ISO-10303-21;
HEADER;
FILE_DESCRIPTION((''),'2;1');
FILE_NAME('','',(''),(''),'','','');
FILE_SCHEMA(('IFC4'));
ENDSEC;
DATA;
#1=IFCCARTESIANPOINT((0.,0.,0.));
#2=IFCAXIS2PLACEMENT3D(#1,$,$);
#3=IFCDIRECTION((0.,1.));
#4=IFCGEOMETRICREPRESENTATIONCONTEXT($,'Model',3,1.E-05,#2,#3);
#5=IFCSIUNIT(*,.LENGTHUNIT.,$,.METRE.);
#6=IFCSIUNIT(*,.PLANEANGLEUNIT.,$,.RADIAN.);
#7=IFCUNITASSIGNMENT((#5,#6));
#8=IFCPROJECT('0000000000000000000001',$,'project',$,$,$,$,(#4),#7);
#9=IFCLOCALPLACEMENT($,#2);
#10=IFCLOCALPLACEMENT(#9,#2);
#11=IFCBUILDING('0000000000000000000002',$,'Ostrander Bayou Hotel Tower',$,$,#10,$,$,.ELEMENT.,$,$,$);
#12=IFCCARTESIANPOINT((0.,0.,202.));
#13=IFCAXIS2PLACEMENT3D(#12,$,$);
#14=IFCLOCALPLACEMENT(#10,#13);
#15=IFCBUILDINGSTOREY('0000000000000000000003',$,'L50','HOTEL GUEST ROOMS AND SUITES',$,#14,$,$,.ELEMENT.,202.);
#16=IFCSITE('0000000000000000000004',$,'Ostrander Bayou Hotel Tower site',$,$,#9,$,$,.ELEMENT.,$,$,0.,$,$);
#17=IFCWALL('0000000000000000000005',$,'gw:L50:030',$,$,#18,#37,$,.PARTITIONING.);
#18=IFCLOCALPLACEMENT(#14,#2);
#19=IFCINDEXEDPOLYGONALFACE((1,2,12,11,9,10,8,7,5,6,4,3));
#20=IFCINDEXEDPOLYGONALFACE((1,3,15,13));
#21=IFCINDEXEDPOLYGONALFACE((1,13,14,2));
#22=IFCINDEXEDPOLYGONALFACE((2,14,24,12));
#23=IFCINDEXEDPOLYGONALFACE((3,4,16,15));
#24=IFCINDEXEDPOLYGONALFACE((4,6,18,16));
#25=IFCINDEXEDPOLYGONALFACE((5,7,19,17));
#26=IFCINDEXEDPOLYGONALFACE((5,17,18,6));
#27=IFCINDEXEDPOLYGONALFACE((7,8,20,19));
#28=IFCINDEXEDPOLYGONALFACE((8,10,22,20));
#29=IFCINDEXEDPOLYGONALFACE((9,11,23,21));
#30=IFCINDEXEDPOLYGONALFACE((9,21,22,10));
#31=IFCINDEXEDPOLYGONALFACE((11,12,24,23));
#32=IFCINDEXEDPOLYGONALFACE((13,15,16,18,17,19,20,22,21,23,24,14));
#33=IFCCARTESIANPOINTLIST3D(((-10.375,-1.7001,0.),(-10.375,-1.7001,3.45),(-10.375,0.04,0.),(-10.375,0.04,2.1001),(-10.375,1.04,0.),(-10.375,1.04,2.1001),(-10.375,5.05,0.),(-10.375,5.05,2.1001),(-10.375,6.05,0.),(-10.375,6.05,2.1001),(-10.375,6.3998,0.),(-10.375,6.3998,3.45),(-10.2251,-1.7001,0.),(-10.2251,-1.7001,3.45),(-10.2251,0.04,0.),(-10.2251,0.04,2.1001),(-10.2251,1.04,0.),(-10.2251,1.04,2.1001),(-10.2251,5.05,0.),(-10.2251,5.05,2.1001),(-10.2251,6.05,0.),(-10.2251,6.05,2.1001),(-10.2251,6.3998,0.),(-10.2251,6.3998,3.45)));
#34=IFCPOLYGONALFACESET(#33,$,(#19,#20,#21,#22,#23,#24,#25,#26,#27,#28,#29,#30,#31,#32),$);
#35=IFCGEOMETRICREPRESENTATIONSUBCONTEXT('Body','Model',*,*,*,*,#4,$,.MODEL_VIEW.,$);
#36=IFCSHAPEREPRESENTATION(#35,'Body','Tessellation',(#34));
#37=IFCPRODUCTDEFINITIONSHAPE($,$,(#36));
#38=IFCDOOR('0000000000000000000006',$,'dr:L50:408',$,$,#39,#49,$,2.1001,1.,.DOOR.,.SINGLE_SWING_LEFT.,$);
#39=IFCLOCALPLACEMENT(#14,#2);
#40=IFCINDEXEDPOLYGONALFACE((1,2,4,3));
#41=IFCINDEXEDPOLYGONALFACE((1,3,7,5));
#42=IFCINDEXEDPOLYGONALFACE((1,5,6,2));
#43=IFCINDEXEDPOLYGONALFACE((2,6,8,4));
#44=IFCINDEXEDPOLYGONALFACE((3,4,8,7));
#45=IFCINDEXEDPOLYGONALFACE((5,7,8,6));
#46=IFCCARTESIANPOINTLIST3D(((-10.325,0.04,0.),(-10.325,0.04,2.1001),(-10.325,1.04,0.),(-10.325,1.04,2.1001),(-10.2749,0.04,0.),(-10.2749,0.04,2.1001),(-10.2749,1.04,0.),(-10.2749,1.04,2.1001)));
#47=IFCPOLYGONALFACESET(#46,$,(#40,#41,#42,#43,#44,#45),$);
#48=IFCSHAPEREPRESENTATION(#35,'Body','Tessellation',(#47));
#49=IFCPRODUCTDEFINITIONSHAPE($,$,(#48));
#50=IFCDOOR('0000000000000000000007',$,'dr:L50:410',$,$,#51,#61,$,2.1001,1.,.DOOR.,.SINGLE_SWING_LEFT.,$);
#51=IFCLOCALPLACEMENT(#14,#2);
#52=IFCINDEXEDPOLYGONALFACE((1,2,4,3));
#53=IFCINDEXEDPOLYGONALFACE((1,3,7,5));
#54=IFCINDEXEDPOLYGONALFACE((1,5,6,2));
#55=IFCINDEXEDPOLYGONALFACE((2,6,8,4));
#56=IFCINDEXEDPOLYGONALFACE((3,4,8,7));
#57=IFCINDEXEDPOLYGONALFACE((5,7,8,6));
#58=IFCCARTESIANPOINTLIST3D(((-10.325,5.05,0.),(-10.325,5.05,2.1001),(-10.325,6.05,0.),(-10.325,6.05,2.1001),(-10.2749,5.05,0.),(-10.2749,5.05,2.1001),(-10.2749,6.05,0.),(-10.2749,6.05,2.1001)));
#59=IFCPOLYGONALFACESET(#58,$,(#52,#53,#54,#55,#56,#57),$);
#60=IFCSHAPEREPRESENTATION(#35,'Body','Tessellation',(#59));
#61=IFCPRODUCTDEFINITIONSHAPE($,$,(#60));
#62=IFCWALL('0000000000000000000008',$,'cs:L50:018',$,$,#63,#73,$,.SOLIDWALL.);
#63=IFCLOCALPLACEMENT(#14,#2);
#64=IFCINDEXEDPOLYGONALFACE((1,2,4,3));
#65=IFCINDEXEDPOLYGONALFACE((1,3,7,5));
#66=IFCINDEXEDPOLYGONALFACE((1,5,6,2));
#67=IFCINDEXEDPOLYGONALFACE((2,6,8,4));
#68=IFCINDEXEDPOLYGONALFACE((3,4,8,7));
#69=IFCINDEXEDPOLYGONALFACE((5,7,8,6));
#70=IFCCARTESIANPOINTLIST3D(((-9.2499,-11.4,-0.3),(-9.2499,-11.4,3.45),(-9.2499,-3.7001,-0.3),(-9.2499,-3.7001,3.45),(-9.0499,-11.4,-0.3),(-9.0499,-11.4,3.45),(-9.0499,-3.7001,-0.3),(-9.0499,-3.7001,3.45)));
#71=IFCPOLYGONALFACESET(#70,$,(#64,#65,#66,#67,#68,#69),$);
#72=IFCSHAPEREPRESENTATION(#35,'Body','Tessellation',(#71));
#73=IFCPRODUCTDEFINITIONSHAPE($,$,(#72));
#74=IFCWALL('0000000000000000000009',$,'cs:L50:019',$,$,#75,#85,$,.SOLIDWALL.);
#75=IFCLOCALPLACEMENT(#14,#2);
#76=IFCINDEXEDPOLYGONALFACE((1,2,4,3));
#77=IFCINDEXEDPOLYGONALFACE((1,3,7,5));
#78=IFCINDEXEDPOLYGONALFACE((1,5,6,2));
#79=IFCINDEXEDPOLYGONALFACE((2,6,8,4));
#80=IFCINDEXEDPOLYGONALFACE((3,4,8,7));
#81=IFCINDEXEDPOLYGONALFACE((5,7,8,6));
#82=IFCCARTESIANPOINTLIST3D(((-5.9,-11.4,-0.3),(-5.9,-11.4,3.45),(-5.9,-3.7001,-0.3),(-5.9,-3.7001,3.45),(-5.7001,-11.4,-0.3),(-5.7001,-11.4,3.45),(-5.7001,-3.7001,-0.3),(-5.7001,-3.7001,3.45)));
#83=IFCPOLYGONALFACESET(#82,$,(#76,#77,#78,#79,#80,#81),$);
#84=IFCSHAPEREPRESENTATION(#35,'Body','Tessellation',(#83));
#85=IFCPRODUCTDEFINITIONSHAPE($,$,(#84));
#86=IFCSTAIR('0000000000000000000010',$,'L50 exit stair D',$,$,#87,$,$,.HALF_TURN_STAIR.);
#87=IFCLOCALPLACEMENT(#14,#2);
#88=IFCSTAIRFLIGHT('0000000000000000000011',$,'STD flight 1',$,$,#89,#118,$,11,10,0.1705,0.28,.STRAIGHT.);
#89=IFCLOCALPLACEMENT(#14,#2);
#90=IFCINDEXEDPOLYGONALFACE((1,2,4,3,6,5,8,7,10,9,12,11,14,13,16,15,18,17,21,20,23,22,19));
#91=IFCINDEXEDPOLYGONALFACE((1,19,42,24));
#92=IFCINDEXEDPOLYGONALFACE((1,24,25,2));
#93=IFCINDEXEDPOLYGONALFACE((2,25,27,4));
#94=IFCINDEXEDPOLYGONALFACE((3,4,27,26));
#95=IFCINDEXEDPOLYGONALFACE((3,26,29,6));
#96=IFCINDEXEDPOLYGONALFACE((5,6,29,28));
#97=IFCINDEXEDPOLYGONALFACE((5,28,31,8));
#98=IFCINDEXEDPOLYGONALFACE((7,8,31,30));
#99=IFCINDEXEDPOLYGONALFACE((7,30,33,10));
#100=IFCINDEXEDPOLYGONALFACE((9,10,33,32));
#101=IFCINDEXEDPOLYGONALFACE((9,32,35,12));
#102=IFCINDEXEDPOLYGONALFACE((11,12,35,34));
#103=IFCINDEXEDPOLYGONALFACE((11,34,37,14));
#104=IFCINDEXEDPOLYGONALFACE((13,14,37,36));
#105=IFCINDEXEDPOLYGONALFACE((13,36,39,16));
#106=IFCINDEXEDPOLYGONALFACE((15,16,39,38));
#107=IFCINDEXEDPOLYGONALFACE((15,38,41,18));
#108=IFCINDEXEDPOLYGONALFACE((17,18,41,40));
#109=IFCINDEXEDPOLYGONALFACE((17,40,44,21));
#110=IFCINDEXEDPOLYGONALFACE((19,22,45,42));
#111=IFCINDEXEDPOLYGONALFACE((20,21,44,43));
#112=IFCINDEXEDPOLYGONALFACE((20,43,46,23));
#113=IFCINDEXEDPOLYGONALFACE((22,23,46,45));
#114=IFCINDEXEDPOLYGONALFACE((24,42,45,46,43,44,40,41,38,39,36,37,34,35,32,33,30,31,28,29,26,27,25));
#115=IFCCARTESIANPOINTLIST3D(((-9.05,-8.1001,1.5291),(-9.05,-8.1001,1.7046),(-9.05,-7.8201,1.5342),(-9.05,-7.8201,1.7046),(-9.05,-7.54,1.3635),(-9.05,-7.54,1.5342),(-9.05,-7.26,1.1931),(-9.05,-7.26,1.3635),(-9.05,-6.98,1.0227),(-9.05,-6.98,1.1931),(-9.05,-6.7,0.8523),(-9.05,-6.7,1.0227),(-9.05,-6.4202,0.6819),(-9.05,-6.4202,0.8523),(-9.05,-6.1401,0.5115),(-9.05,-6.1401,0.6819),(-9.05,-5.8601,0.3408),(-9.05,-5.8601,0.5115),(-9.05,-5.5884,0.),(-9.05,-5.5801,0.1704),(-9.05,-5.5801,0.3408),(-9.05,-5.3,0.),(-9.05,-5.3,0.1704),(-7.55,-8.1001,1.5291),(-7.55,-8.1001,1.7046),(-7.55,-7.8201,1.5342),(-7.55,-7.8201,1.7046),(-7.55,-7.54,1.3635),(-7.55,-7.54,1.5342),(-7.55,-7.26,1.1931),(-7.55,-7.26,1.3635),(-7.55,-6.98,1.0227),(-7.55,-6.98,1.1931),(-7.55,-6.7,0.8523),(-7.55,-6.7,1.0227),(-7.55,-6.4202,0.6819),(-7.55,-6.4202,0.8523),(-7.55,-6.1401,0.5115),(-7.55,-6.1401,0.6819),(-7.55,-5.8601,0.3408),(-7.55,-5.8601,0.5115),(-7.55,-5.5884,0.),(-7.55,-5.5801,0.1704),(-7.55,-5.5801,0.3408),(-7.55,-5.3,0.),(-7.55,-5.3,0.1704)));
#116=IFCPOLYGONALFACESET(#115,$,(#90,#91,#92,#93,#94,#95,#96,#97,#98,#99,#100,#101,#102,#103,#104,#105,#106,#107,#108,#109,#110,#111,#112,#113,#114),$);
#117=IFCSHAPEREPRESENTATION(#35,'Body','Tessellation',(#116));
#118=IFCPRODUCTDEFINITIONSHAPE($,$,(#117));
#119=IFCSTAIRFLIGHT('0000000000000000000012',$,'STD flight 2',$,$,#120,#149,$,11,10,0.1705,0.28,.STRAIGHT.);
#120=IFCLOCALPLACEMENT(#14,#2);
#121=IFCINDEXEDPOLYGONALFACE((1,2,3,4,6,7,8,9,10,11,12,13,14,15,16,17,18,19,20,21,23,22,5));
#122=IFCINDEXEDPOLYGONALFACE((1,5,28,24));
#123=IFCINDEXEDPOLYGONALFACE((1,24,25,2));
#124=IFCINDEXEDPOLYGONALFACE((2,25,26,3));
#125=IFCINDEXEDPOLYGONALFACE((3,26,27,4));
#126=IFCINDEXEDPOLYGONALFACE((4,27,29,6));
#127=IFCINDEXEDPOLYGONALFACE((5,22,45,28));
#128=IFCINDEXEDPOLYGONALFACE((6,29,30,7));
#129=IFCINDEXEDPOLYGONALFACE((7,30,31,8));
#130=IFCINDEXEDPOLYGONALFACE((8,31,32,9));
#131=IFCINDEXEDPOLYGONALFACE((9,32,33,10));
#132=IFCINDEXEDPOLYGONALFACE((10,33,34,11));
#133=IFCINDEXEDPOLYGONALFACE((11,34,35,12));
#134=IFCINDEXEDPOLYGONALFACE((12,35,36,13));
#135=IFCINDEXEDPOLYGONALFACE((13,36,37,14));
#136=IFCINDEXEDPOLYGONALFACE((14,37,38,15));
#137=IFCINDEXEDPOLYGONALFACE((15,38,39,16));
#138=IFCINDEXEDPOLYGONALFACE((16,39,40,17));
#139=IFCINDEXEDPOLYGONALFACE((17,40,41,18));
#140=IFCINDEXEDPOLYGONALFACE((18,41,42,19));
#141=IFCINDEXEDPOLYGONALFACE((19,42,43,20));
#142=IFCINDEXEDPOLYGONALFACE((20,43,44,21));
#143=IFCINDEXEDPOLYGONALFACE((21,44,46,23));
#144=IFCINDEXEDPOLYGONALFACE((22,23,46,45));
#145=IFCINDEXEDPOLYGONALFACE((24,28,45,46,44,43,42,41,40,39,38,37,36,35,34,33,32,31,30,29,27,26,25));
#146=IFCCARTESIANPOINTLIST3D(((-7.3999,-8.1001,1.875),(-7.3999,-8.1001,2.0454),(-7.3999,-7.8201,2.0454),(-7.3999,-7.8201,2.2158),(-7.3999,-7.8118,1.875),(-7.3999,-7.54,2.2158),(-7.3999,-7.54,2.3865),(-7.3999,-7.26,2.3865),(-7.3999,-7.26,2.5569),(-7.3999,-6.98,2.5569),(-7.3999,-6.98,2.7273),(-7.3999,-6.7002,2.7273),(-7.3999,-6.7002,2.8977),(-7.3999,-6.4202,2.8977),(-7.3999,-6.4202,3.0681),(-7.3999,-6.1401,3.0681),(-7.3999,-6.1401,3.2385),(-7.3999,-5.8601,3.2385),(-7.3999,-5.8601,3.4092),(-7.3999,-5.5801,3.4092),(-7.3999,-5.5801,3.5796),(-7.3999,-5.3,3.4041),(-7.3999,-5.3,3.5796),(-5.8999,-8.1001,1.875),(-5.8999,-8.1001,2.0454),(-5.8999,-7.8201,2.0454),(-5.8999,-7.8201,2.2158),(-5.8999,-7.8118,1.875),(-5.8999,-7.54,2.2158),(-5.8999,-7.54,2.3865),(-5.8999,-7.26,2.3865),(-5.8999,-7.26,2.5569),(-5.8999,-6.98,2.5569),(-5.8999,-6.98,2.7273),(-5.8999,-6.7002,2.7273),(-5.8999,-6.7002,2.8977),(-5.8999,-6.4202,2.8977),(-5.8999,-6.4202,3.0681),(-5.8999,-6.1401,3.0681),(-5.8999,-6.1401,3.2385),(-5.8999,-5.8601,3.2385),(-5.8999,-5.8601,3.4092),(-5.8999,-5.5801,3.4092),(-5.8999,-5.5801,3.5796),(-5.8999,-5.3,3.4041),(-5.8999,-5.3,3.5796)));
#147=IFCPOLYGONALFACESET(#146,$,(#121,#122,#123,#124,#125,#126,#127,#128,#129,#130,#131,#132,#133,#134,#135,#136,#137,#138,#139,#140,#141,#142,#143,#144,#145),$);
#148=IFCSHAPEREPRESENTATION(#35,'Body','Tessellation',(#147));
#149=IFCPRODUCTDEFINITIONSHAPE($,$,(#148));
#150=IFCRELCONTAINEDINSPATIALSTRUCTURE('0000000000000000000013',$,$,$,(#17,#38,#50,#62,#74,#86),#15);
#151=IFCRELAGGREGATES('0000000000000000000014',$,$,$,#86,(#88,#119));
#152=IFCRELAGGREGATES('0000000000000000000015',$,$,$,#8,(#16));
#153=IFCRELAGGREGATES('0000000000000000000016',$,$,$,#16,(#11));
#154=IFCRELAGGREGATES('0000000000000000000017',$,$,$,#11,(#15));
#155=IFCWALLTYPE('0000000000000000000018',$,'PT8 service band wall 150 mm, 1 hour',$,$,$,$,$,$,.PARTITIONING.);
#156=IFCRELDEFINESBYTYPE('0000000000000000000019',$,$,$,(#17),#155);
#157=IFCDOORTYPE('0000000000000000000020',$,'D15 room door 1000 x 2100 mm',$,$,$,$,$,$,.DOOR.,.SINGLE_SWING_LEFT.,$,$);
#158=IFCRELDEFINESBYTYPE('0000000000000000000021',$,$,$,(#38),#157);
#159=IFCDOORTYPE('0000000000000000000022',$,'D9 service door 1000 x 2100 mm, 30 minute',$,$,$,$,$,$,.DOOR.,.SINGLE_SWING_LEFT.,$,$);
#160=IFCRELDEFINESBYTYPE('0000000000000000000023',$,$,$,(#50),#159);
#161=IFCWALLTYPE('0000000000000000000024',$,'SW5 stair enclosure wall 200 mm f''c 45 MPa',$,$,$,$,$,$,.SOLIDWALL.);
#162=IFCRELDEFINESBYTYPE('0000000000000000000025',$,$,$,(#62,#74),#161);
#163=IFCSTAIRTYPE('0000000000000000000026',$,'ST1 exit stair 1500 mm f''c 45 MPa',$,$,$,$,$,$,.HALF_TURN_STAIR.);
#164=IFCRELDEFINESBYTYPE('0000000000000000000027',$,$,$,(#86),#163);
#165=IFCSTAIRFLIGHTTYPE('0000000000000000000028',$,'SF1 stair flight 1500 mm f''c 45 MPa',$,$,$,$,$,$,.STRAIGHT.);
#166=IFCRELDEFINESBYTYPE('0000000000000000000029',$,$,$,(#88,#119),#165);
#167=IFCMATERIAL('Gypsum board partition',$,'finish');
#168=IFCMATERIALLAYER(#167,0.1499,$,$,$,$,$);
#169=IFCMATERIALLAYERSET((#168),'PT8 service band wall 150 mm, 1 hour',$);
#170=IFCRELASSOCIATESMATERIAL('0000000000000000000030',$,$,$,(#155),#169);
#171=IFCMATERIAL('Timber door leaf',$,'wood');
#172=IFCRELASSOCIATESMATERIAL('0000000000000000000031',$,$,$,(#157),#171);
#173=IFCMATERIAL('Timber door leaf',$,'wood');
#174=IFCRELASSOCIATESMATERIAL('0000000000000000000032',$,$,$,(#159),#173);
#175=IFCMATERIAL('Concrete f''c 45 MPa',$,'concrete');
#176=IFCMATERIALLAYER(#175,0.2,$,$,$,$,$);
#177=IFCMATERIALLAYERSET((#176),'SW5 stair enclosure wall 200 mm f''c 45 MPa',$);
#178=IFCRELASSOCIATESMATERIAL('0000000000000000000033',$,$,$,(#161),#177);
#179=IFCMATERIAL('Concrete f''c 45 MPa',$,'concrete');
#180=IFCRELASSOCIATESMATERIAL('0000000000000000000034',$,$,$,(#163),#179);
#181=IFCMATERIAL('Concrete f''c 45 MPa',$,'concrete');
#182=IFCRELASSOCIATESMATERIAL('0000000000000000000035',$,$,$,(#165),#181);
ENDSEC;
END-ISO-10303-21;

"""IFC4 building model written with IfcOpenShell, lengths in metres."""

from ifc_helpers import new_model, si_unit, direction, frame, frame_2d, origin, place, context, subcontext, project, spatial, polyline, rectangle, outline, extrude, material, layer, layer_set, type_object, element, fill, aggregate, save


model = new_model("IFC4")

# Units and contexts
model_context = context("Model", 3, precision=1e-05, world=origin(), true_north=direction((0.0, 1.0)))
body_context = subcontext(model_context, "Body", "Model", "MODEL_VIEW")
ifc_project = project(units=[si_unit("LENGTHUNIT", "METRE"), si_unit("PLANEANGLEUNIT", "RADIAN")], contexts=[model_context])

# Site, building, storey
site_placement = place(None, origin())
site = spatial("IfcSite", under=ifc_project, at=site_placement, Name="Ostrander Bayou Hotel Tower site", CompositionType="ELEMENT", RefElevation=0.0)
building_placement = place(site_placement, origin())
building = spatial("IfcBuilding", under=site, at=building_placement, Name="Ostrander Bayou Hotel Tower", CompositionType="ELEMENT")
storey_placement = place(building_placement, frame((0.0, 0.0, 202.0)))
storey = spatial("IfcBuildingStorey", under=building, at=storey_placement, Name="L50", Description="HOTEL GUEST ROOMS AND SUITES", CompositionType="ELEMENT", Elevation=202.0)

# Shared definitions
ifc_material_1 = material(Name="Gypsum board partition", Category="finish")
ifc_layer_1 = layer(ifc_material_1, 0.1499)
ifc_layer_set_1 = layer_set([ifc_layer_1], Name="PT8 service band wall 150 mm, 1 hour")
wall_type_1 = type_object("IfcWallType", Name="PT8 service band wall 150 mm, 1 hour", PredefinedType="PARTITIONING", material=ifc_layer_set_1)

# Wall, openings, doors
wall_1_placement = place(storey_placement, frame((-10.3, -1.7, 0.0), z_axis=(0.0, 0.0, 1.0), x_axis=(0.0, 1.0, 0.0)))
wall_1 = element("IfcWall", 1, at=wall_1_placement, inside=storey, type_object=wall_type_1, Name="gw:L50:030", PredefinedType="PARTITIONING", context=body_context, shape_type="SweptSolid", body=[
    extrude(rectangle(XDim=8.0999, YDim=0.1499, at=frame_2d((4.0498, 0.0))), origin(), (0.0, 0.0, 1.0), 3.45),
])
opening_1_placement = place(wall_1_placement, frame((1.74, 0.0, 0.0)))
opening_1 = element("IfcOpeningElement", 2, at=opening_1_placement, cuts=wall_1, PredefinedType="OPENING", context=body_context, shape_type="SweptSolid", body=[
    extrude(rectangle(XDim=1.0, YDim=2.1001, at=frame_2d((0.5, 1.05))), frame((0.0, 0.075, 0.0), z_axis=(0.0, -1.0, 0.0), x_axis=(1.0, 0.0, 0.0)), (0.0, 0.0, 1.0), 0.1499),
])
opening_2_placement = place(wall_1_placement, frame((6.75, 0.0, 0.0)))
opening_2 = element("IfcOpeningElement", 3, at=opening_2_placement, cuts=wall_1, PredefinedType="OPENING", context=body_context, shape_type="SweptSolid", body=[
    extrude(rectangle(XDim=1.0, YDim=2.1001, at=frame_2d((0.5, 1.05))), frame((0.0, 0.075, 0.0), z_axis=(0.0, -1.0, 0.0), x_axis=(1.0, 0.0, 0.0)), (0.0, 0.0, 1.0), 0.1499),
])
ifc_material_2 = material(Name="Timber door leaf", Category="wood")
door_type_1 = type_object("IfcDoorType", Name="D15 room door 1000 x 2100 mm", OperationType="SINGLE_SWING_LEFT", PredefinedType="DOOR", material=ifc_material_2)
door_1_placement = place(opening_1_placement, origin())
door_1 = element("IfcDoor", 4, at=door_1_placement, inside=storey, type_object=door_type_1, Name="dr:L50:408", OperationType="SINGLE_SWING_LEFT", OverallHeight=2.1001, OverallWidth=1.0, PredefinedType="DOOR", context=body_context, shape_type="SweptSolid", body=[
    extrude(rectangle(XDim=1.0, YDim=2.1001, at=frame_2d((0.5, 1.05))), frame((0.0, 0.0249, 0.0), z_axis=(0.0, -1.0, 0.0), x_axis=(1.0, 0.0, 0.0)), (0.0, 0.0, 1.0), 0.05),
])
fill(opening_1, door_1)
ifc_material_3 = material(Name="Timber door leaf", Category="wood")
door_type_2 = type_object("IfcDoorType", Name="D9 service door 1000 x 2100 mm, 30 minute", OperationType="SINGLE_SWING_LEFT", PredefinedType="DOOR", material=ifc_material_3)
door_2_placement = place(opening_2_placement, origin())
door_2 = element("IfcDoor", 5, at=door_2_placement, inside=storey, type_object=door_type_2, Name="dr:L50:410", OperationType="SINGLE_SWING_LEFT", OverallHeight=2.1001, OverallWidth=1.0, PredefinedType="DOOR", context=body_context, shape_type="SweptSolid", body=[
    extrude(rectangle(XDim=1.0, YDim=2.1001, at=frame_2d((0.5, 1.05))), frame((0.0, 0.0249, 0.0), z_axis=(0.0, -1.0, 0.0), x_axis=(1.0, 0.0, 0.0)), (0.0, 0.0, 1.0), 0.05),
])
fill(opening_2, door_2)

# Shared definitions
ifc_material_4 = material(Name="Concrete f'c 45 MPa", Category="concrete")
ifc_layer_2 = layer(ifc_material_4, 0.2)
ifc_layer_set_2 = layer_set([ifc_layer_2], Name="SW5 stair enclosure wall 200 mm f'c 45 MPa")
wall_type_2 = type_object("IfcWallType", Name="SW5 stair enclosure wall 200 mm f'c 45 MPa", PredefinedType="SOLIDWALL", material=ifc_layer_set_2)

# Walls
for number, where, z_axis, x_axis, name in (
    (6, (-9.1499, -3.7, -0.3), (0.0, 0.0, 1.0), (0.0, -1.0, 0.0), "cs:L50:018"),
    (7, (-5.8, -3.7, -0.3), (0.0, 0.0, 1.0), (0.0, -1.0, 0.0), "cs:L50:019"),
):
    element("IfcWall", number, at=place(storey_placement, frame(where, z_axis=z_axis, x_axis=x_axis)), inside=storey, type_object=wall_type_2, Name=name, PredefinedType="SOLIDWALL", context=body_context, shape_type="SweptSolid", body=[
        extrude(rectangle(XDim=7.7, YDim=0.2, at=frame_2d((3.8501, 0.0))), origin(), (0.0, 0.0, 1.0), 3.75),
    ])

# Stair, stair flights
ifc_material_5 = material(Name="Concrete f'c 45 MPa", Category="concrete")
stair_type = type_object("IfcStairType", Name="ST1 exit stair 1500 mm f'c 45 MPa", PredefinedType="HALF_TURN_STAIR", material=ifc_material_5)
stair_placement = place(storey_placement, origin())
stair = element("IfcStair", 8, at=stair_placement, inside=storey, type_object=stair_type, Name="L50 exit stair D", PredefinedType="HALF_TURN_STAIR")
ifc_material_6 = material(Name="Concrete f'c 45 MPa", Category="concrete")
stair_flight_type = type_object("IfcStairFlightType", Name="SF1 stair flight 1500 mm f'c 45 MPa", PredefinedType="STRAIGHT", material=ifc_material_6)
stair_flight_1_placement = place(storey_placement, frame((-8.3, -5.3, 0.0), z_axis=(0.0, 0.0, 1.0), x_axis=(0.0, -1.0, 0.0)))
stair_flight_1 = element("IfcStairFlight", 9, at=stair_flight_1_placement, type_object=stair_flight_type, Name="STD flight 1", NumberOfRisers=11, NumberOfTreads=10, PredefinedType="STRAIGHT", RiserHeight=0.1705, TreadLength=0.28, context=body_context, shape_type="SweptSolid", body=[
    extrude(outline(polyline([(0.0, 0.0), (0.0, 0.1704), (0.28, 0.1704), (0.28, 0.3408), (0.5601, 0.3408), (0.5601, 0.5115), (0.8401, 0.5115), (0.8401, 0.6819), (1.1201, 0.6819), (1.1201, 0.8523), (1.3999, 0.8523), (1.3999, 1.0227), (1.6799, 1.0227), (1.6799, 1.1931), (1.96, 1.1931), (1.96, 1.3635), (2.24, 1.3635), (2.24, 1.5342), (2.52, 1.5342), (2.52, 1.7046), (2.8, 1.7046), (2.8, 1.875), (2.8, 1.5291), (0.2883, 0.0), (0.0, 0.0)])), frame((0.0, 0.75, 0.0), z_axis=(0.0, -1.0, 0.0), x_axis=(1.0, 0.0, 0.0)), (0.0, 0.0, 1.0), 1.5),
])
stair_flight_2_placement = place(storey_placement, frame((-6.6499, -8.1001, 1.875), z_axis=(0.0, 0.0, 1.0), x_axis=(0.0, 1.0, 0.0)))
stair_flight_2 = element("IfcStairFlight", 10, at=stair_flight_2_placement, type_object=stair_flight_type, Name="STD flight 2", NumberOfRisers=11, NumberOfTreads=10, PredefinedType="STRAIGHT", RiserHeight=0.1705, TreadLength=0.28, context=body_context, shape_type="SweptSolid", body=[
    extrude(outline(polyline([(0.0, 0.0), (0.0, 0.1704), (0.28, 0.1704), (0.28, 0.3408), (0.5601, 0.3408), (0.5601, 0.5115), (0.8401, 0.5115), (0.8401, 0.6819), (1.1201, 0.6819), (1.1201, 0.8523), (1.3999, 0.8523), (1.3999, 1.0227), (1.6799, 1.0227), (1.6799, 1.1931), (1.96, 1.1931), (1.96, 1.3635), (2.24, 1.3635), (2.24, 1.5342), (2.52, 1.5342), (2.52, 1.7046), (2.8, 1.7046), (2.8, 1.875), (2.8, 1.5291), (0.2883, 0.0), (0.0, 0.0)])), frame((0.0, 0.75, 0.0), z_axis=(0.0, -1.0, 0.0), x_axis=(1.0, 0.0, 0.0)), (0.0, 0.0, 1.0), 1.5),
])
aggregate(stair, [stair_flight_1, stair_flight_2])

save(model, "model.ifc")
